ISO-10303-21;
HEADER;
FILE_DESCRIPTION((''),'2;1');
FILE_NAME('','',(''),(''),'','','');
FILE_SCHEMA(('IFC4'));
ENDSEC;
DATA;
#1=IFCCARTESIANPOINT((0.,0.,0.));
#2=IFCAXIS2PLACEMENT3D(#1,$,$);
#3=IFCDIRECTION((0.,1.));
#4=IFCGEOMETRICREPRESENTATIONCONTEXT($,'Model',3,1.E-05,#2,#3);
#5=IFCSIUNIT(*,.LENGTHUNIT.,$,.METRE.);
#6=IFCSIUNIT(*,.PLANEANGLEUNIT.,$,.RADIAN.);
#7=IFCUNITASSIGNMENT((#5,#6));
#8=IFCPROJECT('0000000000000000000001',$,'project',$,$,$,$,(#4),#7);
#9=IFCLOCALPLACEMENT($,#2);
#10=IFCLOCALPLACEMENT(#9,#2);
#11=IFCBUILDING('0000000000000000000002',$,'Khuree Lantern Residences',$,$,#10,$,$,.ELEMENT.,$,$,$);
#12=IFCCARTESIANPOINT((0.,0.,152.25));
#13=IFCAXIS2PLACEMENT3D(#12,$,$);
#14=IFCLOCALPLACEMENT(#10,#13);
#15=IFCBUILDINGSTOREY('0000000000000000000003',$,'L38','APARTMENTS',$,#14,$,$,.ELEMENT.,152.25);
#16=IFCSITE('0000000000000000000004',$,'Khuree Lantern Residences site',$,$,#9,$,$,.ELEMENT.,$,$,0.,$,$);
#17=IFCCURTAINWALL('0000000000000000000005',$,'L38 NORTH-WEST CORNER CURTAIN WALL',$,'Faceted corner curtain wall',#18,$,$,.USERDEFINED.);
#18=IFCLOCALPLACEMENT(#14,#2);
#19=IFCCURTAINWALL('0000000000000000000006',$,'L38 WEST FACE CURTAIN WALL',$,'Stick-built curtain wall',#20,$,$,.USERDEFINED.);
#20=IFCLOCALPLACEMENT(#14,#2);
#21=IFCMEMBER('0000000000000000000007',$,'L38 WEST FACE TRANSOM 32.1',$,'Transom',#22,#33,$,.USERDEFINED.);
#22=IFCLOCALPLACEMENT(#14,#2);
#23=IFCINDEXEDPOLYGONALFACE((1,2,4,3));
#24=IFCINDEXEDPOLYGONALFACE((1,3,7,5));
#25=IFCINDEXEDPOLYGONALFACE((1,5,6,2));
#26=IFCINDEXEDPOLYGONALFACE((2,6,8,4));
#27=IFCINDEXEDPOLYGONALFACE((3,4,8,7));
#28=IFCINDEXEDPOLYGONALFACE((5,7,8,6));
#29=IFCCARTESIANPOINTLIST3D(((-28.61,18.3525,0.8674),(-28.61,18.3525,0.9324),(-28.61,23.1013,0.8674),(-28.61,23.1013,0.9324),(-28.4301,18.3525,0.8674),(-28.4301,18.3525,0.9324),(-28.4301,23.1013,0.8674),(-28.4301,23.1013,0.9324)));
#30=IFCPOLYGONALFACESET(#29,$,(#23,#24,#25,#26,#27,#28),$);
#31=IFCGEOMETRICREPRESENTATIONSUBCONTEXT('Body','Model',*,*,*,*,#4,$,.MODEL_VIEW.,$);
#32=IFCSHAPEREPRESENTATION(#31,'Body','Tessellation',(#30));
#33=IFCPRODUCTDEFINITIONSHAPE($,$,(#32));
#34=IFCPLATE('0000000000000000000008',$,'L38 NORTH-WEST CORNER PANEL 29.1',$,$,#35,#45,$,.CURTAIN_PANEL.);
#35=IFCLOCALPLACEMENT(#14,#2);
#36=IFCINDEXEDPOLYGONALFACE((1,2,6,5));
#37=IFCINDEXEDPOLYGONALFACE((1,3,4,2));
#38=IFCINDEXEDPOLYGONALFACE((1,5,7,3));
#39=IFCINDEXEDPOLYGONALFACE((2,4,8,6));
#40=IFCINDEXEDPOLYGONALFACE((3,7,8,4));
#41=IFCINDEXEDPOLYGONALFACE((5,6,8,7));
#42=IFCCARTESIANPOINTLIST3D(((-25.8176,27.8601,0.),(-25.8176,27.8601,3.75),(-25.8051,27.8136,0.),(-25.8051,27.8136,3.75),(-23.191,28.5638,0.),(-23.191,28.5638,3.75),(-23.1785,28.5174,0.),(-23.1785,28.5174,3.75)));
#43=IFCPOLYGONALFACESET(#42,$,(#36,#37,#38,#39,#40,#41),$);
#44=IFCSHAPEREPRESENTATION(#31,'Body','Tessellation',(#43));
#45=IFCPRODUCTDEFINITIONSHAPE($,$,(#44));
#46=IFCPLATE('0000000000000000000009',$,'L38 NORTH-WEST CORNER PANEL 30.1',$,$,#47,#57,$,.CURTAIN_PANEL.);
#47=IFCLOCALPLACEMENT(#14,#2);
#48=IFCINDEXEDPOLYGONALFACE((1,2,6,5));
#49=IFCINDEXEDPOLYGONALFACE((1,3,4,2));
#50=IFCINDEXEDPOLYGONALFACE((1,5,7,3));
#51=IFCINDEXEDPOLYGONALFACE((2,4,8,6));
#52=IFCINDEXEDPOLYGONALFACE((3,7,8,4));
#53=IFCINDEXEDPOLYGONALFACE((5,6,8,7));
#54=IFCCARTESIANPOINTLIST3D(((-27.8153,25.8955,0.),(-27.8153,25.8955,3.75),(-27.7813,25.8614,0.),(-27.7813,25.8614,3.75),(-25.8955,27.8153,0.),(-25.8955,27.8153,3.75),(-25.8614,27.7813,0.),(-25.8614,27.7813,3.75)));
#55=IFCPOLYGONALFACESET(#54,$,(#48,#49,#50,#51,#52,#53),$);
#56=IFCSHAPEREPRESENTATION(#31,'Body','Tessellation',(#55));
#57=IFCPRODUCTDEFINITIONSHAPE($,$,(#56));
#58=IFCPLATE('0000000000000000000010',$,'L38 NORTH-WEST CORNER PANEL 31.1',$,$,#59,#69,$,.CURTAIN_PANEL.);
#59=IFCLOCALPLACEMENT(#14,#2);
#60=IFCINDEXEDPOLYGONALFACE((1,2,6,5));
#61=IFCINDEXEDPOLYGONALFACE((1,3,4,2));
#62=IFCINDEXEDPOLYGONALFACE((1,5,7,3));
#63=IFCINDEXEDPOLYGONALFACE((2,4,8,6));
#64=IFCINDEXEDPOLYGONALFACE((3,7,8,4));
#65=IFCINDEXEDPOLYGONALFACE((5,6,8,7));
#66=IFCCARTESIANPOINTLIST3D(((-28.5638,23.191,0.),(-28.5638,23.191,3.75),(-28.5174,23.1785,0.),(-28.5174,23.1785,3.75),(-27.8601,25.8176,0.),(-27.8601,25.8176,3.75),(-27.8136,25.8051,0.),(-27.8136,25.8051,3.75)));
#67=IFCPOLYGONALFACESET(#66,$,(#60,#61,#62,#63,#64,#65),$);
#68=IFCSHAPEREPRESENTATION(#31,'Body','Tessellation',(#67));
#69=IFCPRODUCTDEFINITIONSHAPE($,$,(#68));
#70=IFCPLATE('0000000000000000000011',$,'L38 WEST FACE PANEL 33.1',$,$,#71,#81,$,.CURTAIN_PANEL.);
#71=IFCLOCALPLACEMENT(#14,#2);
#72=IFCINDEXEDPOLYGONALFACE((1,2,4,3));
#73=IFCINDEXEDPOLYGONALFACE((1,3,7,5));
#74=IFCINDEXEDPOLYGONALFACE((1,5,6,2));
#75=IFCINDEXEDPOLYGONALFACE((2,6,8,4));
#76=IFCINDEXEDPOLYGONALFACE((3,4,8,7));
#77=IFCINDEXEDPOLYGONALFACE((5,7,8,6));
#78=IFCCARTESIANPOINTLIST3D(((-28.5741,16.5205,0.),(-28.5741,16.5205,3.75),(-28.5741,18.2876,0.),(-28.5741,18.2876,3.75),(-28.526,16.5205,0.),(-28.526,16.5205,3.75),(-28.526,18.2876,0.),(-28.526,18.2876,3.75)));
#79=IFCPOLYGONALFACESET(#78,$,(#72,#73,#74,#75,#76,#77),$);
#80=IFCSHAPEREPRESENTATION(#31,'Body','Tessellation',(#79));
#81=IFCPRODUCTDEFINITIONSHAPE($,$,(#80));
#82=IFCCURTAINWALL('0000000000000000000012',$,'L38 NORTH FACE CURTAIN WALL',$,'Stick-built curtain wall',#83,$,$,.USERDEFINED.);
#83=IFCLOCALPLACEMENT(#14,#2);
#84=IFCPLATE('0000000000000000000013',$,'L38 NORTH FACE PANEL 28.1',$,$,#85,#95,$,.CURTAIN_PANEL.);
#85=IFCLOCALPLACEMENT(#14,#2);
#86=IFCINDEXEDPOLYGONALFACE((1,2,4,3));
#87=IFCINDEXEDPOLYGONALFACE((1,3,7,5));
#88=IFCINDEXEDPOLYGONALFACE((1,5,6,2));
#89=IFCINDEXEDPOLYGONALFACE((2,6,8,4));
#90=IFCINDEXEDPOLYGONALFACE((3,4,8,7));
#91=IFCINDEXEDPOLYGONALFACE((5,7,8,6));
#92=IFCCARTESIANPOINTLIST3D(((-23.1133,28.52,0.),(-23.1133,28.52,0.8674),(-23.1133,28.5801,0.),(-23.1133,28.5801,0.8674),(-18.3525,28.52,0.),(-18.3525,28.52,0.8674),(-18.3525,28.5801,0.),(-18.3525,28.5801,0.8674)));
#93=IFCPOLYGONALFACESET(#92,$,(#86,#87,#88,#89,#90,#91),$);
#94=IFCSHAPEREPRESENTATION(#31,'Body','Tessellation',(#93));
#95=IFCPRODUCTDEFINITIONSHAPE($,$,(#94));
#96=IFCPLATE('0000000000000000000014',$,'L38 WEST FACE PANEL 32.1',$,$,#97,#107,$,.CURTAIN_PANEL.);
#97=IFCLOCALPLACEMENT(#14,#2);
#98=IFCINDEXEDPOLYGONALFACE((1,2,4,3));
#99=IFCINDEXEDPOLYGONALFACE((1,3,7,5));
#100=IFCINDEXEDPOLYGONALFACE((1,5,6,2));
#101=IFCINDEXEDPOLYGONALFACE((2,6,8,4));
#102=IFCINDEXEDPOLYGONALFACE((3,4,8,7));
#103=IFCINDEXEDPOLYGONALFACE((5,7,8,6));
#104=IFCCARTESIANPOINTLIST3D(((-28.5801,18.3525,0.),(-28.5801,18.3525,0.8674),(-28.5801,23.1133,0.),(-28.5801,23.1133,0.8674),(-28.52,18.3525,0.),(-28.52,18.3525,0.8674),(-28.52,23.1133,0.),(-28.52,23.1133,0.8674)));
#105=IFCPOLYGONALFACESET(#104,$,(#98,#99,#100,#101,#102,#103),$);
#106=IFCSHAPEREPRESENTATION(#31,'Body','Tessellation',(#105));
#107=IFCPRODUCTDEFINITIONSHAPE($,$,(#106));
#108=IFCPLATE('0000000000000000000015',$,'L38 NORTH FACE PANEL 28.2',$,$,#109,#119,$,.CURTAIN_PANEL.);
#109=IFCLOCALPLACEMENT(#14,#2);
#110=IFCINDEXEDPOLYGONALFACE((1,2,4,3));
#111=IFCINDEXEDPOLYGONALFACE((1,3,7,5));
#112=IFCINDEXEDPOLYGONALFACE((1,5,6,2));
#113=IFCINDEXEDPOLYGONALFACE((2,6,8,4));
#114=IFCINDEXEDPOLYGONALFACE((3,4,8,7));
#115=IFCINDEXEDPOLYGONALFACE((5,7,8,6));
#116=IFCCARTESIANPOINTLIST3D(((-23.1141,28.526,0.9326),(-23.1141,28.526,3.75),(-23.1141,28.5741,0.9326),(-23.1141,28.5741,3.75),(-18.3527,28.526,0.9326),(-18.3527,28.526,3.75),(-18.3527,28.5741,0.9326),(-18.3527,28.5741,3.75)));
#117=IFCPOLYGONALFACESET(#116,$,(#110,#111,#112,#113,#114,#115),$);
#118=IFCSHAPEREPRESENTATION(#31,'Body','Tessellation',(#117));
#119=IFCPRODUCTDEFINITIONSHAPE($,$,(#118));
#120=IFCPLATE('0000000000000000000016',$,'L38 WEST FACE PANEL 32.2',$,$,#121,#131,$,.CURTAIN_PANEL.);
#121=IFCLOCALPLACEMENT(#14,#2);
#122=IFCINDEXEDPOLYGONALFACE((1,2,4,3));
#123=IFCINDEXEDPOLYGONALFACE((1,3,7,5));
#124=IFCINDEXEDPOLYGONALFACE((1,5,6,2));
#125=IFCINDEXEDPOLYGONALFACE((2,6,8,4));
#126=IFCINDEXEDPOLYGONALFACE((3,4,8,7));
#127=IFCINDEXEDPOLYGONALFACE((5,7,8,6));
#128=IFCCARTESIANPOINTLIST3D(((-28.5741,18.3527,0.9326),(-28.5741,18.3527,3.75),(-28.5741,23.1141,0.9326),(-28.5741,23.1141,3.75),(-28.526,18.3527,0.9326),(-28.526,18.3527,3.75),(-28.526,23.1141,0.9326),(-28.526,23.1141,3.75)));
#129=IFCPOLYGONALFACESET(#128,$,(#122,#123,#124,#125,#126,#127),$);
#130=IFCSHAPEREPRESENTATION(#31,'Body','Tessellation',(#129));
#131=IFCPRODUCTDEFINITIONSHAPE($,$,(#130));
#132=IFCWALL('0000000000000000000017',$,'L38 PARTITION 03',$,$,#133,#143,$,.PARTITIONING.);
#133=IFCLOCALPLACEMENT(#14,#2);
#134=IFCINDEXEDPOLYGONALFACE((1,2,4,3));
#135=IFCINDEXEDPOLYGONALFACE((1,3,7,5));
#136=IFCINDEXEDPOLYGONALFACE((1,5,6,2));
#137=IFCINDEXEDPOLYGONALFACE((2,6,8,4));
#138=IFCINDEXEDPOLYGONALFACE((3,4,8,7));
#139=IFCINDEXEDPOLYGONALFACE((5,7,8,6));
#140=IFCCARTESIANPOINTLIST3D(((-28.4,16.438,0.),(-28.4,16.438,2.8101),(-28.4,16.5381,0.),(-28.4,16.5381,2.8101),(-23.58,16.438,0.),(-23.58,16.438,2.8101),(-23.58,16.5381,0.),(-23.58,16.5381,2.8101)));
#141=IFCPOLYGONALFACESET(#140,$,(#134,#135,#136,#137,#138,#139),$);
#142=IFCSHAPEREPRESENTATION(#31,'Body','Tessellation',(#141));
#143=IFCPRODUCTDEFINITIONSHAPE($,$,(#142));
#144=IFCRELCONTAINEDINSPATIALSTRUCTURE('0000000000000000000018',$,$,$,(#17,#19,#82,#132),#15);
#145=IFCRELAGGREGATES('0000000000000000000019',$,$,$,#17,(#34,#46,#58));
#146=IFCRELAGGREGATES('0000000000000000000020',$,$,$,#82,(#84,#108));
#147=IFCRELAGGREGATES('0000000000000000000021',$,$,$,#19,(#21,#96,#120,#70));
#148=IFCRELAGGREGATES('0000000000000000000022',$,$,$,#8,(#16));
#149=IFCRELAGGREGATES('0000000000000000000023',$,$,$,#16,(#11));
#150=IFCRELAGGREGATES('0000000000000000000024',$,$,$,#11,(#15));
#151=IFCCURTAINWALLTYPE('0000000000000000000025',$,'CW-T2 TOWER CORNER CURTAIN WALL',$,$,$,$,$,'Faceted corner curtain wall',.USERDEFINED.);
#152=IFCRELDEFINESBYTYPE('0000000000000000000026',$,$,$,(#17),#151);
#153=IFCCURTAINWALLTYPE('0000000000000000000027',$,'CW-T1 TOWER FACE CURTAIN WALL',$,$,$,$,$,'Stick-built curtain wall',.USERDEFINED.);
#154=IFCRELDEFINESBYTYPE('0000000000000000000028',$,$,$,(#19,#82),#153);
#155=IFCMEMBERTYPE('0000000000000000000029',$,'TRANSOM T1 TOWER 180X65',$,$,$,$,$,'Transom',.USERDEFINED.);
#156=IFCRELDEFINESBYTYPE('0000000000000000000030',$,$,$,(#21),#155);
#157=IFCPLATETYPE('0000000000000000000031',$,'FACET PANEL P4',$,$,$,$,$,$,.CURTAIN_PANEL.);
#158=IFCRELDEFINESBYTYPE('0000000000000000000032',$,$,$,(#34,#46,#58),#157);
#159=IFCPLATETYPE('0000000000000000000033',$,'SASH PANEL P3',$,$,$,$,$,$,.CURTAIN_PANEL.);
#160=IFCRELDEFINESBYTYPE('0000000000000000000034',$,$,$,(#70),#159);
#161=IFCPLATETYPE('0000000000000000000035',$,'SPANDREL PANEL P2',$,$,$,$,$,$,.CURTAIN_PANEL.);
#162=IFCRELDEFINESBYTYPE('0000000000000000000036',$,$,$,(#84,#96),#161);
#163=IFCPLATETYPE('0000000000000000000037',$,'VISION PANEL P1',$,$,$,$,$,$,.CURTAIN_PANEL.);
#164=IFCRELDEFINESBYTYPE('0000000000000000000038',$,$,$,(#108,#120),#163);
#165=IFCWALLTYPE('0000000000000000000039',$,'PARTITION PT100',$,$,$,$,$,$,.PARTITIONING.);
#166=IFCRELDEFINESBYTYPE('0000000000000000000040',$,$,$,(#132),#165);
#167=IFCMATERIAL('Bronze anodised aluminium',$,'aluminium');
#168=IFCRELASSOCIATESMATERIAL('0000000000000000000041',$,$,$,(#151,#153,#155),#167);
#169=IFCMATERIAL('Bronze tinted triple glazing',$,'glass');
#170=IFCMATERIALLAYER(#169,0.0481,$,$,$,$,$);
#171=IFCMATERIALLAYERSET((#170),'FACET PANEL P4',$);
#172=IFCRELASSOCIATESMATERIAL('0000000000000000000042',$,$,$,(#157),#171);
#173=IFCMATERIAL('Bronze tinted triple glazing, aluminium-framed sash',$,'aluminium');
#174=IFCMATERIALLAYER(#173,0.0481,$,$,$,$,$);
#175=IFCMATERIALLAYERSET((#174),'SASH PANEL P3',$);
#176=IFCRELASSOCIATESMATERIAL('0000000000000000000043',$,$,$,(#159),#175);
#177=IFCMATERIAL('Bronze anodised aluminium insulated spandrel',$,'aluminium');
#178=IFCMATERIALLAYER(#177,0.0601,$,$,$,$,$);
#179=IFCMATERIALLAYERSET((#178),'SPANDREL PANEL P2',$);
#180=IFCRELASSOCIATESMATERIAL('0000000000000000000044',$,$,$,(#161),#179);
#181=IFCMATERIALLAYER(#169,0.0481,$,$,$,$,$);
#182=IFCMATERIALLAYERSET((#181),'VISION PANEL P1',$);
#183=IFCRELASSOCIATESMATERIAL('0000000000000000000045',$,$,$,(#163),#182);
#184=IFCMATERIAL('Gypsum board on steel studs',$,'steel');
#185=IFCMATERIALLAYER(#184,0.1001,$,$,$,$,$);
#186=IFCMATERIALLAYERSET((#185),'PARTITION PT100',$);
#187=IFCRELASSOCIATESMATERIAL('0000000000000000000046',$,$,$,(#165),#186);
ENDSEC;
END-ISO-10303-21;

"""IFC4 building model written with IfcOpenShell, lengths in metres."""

from ifc_helpers import new_model, si_unit, direction, frame, frame_2d, origin, origin_2d, place, context, subcontext, project, spatial, rectangle, extrude, material, layer, layer_set, material_profile, profile_set, type_object, element, aggregate, save


model = new_model("IFC4")

# Units and contexts
model_context = context("Model", 3, precision=1e-05, world=origin(), true_north=direction((0.0, 1.0)))
body_context = subcontext(model_context, "Body", "Model", "MODEL_VIEW")
ifc_project = project(units=[si_unit("LENGTHUNIT", "METRE"), si_unit("PLANEANGLEUNIT", "RADIAN")], contexts=[model_context])

# Site, building, storey
site_placement = place(None, origin())
site = spatial("IfcSite", under=ifc_project, at=site_placement, Name="Khuree Lantern Residences site", CompositionType="ELEMENT", RefElevation=0.0)
building_placement = place(site_placement, origin())
building = spatial("IfcBuilding", under=site, at=building_placement, Name="Khuree Lantern Residences", CompositionType="ELEMENT")
storey_placement = place(building_placement, frame((0.0, 0.0, 152.25)))
storey = spatial("IfcBuildingStorey", under=building, at=storey_placement, Name="L38", Description="APARTMENTS", CompositionType="ELEMENT", Elevation=152.25)

# Curtain walls
ifc_material_1 = material(Name="Bronze anodised aluminium", Category="aluminium")
curtain_wall_type_1 = type_object("IfcCurtainWallType", Name="CW-T2 TOWER CORNER CURTAIN WALL", ElementType="Faceted corner curtain wall", PredefinedType="USERDEFINED", material=ifc_material_1)
curtain_wall_1_placement = place(storey_placement, origin())
curtain_wall_1 = element("IfcCurtainWall", 1, at=curtain_wall_1_placement, inside=storey, type_object=curtain_wall_type_1, Name="L38 NORTH-WEST CORNER CURTAIN WALL", ObjectType="Faceted corner curtain wall", PredefinedType="USERDEFINED")
curtain_wall_type_2 = type_object("IfcCurtainWallType", Name="CW-T1 TOWER FACE CURTAIN WALL", ElementType="Stick-built curtain wall", PredefinedType="USERDEFINED", material=ifc_material_1)
curtain_wall_2_placement = place(storey_placement, origin())
curtain_wall_2 = element("IfcCurtainWall", 2, at=curtain_wall_2_placement, inside=storey, type_object=curtain_wall_type_2, Name="L38 WEST FACE CURTAIN WALL", ObjectType="Stick-built curtain wall", PredefinedType="USERDEFINED")

# Member
ifc_material_profile_1 = material_profile(ifc_material_1, rectangle(XDim=0.1799, YDim=0.0649, at=origin_2d()), Name="T1 180X65")
ifc_profile_set_1 = profile_set([ifc_material_profile_1], Name="Bronze anodised aluminium")
member_type_1 = type_object("IfcMemberType", Name="TRANSOM T1 TOWER 180X65", ElementType="Transom", PredefinedType="USERDEFINED", material=ifc_profile_set_1)
member_1_placement = place(storey_placement, frame((-28.52, 23.1013, 0.8999), z_axis=(0.0, -1.0, 0.0), x_axis=(1.0, 0.0, 0.0)))
member_1 = element("IfcMember", 3, at=member_1_placement, type_object=member_type_1, Name="L38 WEST FACE TRANSOM 32.1", ObjectType="Transom", PredefinedType="USERDEFINED", context=body_context, shape_type="SweptSolid", body=[
    extrude(rectangle(XDim=0.1799, YDim=0.0649, at=origin_2d()), origin(), (0.0, 0.0, 1.0), 4.7488),
])

# Plates
ifc_material_2 = material(Name="Bronze tinted triple glazing", Category="glass")
ifc_layer_1 = layer(ifc_material_2, 0.0481)
ifc_layer_set_1 = layer_set([ifc_layer_1], Name="FACET PANEL P4")
plate_type_1 = type_object("IfcPlateType", Name="FACET PANEL P4", PredefinedType="CURTAIN_PANEL", material=ifc_layer_set_1)
plate_1_placement = place(storey_placement, frame((-24.498, 28.1887, 0.0), z_axis=(0.0, 0.0, 1.0), x_axis=(-0.965926, -0.258819, 0.0)))
plate_1 = element("IfcPlate", 4, at=plate_1_placement, type_object=plate_type_1, Name="L38 NORTH-WEST CORNER PANEL 29.1", PredefinedType="CURTAIN_PANEL", context=body_context, shape_type="SweptSolid", body=[
    extrude(rectangle(XDim=2.7192, YDim=0.0481, at=origin_2d()), origin(), (0.0, 0.0, 1.0), 3.75),
])
plate_2_placement = place(storey_placement, frame((-26.8384, 26.8384, 0.0), z_axis=(0.0, 0.0, 1.0), x_axis=(-0.707107, -0.707107, 0.0)))
plate_2 = element("IfcPlate", 5, at=plate_2_placement, type_object=plate_type_1, Name="L38 NORTH-WEST CORNER PANEL 30.1", PredefinedType="CURTAIN_PANEL", context=body_context, shape_type="SweptSolid", body=[
    extrude(rectangle(XDim=2.7151, YDim=0.0481, at=origin_2d()), origin(), (0.0, 0.0, 1.0), 3.75),
])
plate_3_placement = place(storey_placement, frame((-28.1887, 24.498, 0.0), z_axis=(0.0, 0.0, 1.0), x_axis=(-0.258819, -0.965926, 0.0)))
plate_3 = element("IfcPlate", 6, at=plate_3_placement, type_object=plate_type_1, Name="L38 NORTH-WEST CORNER PANEL 31.1", PredefinedType="CURTAIN_PANEL", context=body_context, shape_type="SweptSolid", body=[
    extrude(rectangle(XDim=2.7192, YDim=0.0481, at=origin_2d()), origin(), (0.0, 0.0, 1.0), 3.75),
])
aggregate(curtain_wall_1, [plate_1, plate_2, plate_3])
ifc_material_3 = material(Name="Bronze tinted triple glazing, aluminium-framed sash", Category="aluminium")
ifc_layer_2 = layer(ifc_material_3, 0.0481)
ifc_layer_set_2 = layer_set([ifc_layer_2], Name="SASH PANEL P3")
plate_type_2 = type_object("IfcPlateType", Name="SASH PANEL P3", PredefinedType="CURTAIN_PANEL", material=ifc_layer_set_2)
plate_4_placement = place(storey_placement, frame((-28.55, 17.4041, 0.0), z_axis=(0.0, 0.0, 1.0), x_axis=(0.0, -1.0, 0.0)))
plate_4 = element("IfcPlate", 7, at=plate_4_placement, type_object=plate_type_2, Name="L38 WEST FACE PANEL 33.1", PredefinedType="CURTAIN_PANEL", context=body_context, shape_type="SweptSolid", body=[
    extrude(rectangle(XDim=1.7671, YDim=0.0481, at=origin_2d()), origin(), (0.0, 0.0, 1.0), 3.75),
])

# Curtain wall, plate
curtain_wall_3_placement = place(storey_placement, origin())
curtain_wall_3 = element("IfcCurtainWall", 8, at=curtain_wall_3_placement, inside=storey, type_object=curtain_wall_type_2, Name="L38 NORTH FACE CURTAIN WALL", ObjectType="Stick-built curtain wall", PredefinedType="USERDEFINED")
ifc_material_4 = material(Name="Bronze anodised aluminium insulated spandrel", Category="aluminium")
ifc_layer_3 = layer(ifc_material_4, 0.0601)
ifc_layer_set_3 = layer_set([ifc_layer_3], Name="SPANDREL PANEL P2")
plate_type_3 = type_object("IfcPlateType", Name="SPANDREL PANEL P2", PredefinedType="CURTAIN_PANEL", material=ifc_layer_set_3)
plate_5_placement = place(storey_placement, frame((-20.7329, 28.55, 0.0), z_axis=(0.0, 0.0, 1.0), x_axis=(-1.0, 0.0, 0.0)))
plate_5 = element("IfcPlate", 9, at=plate_5_placement, type_object=plate_type_3, Name="L38 NORTH FACE PANEL 28.1", PredefinedType="CURTAIN_PANEL", context=body_context, shape_type="SweptSolid", body=[
    extrude(rectangle(XDim=4.7607, YDim=0.0601, at=origin_2d()), origin(), (0.0, 0.0, 1.0), 0.8674),
])

# Plates
plate_6_placement = place(storey_placement, frame((-28.55, 20.7329, 0.0), z_axis=(0.0, 0.0, 1.0), x_axis=(0.0, -1.0, 0.0)))
plate_6 = element("IfcPlate", 10, at=plate_6_placement, type_object=plate_type_3, Name="L38 WEST FACE PANEL 32.1", PredefinedType="CURTAIN_PANEL", context=body_context, shape_type="SweptSolid", body=[
    extrude(rectangle(XDim=4.7607, YDim=0.0601, at=origin_2d()), origin(), (0.0, 0.0, 1.0), 0.8674),
])
ifc_layer_4 = layer(ifc_material_2, 0.0481)
ifc_layer_set_4 = layer_set([ifc_layer_4], Name="VISION PANEL P1")
plate_type_4 = type_object("IfcPlateType", Name="VISION PANEL P1", PredefinedType="CURTAIN_PANEL", material=ifc_layer_set_4)
plate_7_placement = place(storey_placement, frame((-20.7334, 28.55, 0.9326), z_axis=(0.0, 0.0, 1.0), x_axis=(-1.0, 0.0, 0.0)))
plate_7 = element("IfcPlate", 11, at=plate_7_placement, type_object=plate_type_4, Name="L38 NORTH FACE PANEL 28.2", PredefinedType="CURTAIN_PANEL", context=body_context, shape_type="SweptSolid", body=[
    extrude(rectangle(XDim=4.7615, YDim=0.0481, at=origin_2d()), origin(), (0.0, 0.0, 1.0), 2.8174),
])
aggregate(curtain_wall_3, [plate_5, plate_7])
plate_8_placement = place(storey_placement, frame((-28.55, 20.7334, 0.9326), z_axis=(0.0, 0.0, 1.0), x_axis=(0.0, -1.0, 0.0)))
plate_8 = element("IfcPlate", 12, at=plate_8_placement, type_object=plate_type_4, Name="L38 WEST FACE PANEL 32.2", PredefinedType="CURTAIN_PANEL", context=body_context, shape_type="SweptSolid", body=[
    extrude(rectangle(XDim=4.7615, YDim=0.0481, at=origin_2d()), origin(), (0.0, 0.0, 1.0), 2.8174),
])
aggregate(curtain_wall_2, [member_1, plate_6, plate_8, plate_4])

# Wall
ifc_material_5 = material(Name="Gypsum board on steel studs", Category="steel")
ifc_layer_5 = layer(ifc_material_5, 0.1001)
ifc_layer_set_5 = layer_set([ifc_layer_5], Name="PARTITION PT100")
wall_type = type_object("IfcWallType", Name="PARTITION PT100", PredefinedType="PARTITIONING", material=ifc_layer_set_5)
wall_1_placement = place(storey_placement, frame((-23.5798, 16.488, 0.0), z_axis=(0.0, 0.0, 1.0), x_axis=(-1.0, 0.0, 0.0)))
element("IfcWall", 13, at=wall_1_placement, inside=storey, type_object=wall_type, Name="L38 PARTITION 03", PredefinedType="PARTITIONING", context=body_context, shape_type="SweptSolid", body=[
    extrude(rectangle(XDim=4.8201, YDim=0.1001, at=frame_2d((2.4102, 0.0))), origin(), (0.0, 0.0, 1.0), 2.8101),
])

save(model, "model.ifc")
